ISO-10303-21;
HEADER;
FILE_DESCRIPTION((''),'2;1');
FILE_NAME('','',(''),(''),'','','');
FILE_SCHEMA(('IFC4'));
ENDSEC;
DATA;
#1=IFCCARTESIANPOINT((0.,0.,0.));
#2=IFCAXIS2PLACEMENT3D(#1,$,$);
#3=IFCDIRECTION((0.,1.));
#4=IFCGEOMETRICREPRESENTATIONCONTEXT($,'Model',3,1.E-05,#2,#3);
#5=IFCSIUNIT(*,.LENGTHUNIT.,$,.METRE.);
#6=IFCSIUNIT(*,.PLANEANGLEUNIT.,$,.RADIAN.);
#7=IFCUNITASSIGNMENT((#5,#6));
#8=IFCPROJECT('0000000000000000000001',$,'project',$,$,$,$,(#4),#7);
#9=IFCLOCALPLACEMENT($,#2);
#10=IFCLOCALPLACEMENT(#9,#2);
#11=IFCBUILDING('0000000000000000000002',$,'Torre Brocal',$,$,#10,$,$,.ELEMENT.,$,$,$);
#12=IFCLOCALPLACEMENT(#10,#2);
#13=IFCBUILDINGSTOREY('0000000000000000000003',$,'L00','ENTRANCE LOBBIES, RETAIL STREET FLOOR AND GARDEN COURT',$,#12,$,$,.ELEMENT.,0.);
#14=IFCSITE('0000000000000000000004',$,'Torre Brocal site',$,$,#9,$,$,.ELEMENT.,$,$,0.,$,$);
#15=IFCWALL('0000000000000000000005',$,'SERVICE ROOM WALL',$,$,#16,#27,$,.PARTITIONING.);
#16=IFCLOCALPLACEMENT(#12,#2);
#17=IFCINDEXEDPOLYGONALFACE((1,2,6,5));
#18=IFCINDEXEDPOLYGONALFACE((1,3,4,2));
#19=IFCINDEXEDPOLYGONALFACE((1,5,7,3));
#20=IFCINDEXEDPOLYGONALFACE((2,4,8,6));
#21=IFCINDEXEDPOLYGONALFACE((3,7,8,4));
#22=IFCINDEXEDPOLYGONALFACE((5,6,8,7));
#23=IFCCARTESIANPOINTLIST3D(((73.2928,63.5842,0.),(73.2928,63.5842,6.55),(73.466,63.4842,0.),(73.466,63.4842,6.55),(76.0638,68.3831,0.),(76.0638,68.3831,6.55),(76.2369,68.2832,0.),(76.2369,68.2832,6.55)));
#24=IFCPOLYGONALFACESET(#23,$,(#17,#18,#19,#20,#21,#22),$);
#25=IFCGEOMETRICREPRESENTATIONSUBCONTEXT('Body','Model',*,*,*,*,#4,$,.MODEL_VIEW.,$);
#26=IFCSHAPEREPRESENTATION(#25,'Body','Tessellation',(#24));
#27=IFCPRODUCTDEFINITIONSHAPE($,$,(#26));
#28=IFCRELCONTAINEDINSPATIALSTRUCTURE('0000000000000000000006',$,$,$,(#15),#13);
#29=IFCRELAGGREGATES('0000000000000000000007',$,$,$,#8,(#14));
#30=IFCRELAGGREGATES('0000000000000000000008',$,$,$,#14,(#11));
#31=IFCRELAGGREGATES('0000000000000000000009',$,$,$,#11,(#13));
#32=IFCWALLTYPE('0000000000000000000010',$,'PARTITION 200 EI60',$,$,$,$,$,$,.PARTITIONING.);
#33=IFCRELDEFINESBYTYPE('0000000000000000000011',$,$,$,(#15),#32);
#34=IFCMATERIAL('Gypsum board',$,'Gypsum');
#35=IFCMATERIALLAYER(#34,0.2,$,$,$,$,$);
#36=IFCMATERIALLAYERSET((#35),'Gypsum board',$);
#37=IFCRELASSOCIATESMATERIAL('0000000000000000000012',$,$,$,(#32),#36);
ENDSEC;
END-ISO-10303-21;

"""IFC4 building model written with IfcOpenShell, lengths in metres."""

from ifc_helpers import new_model, si_unit, direction, frame, frame_2d, origin, place, context, subcontext, project, spatial, rectangle, extrude, material, layer, layer_set, type_object, element, save


model = new_model("IFC4")

# Units and contexts
model_context = context("Model", 3, precision=1e-05, world=origin(), true_north=direction((0.0, 1.0)))
body_context = subcontext(model_context, "Body", "Model", "MODEL_VIEW")
ifc_project = project(units=[si_unit("LENGTHUNIT", "METRE"), si_unit("PLANEANGLEUNIT", "RADIAN")], contexts=[model_context])

# Site, building, storey
site_placement = place(None, origin())
site = spatial("IfcSite", under=ifc_project, at=site_placement, Name="Torre Brocal site", CompositionType="ELEMENT", RefElevation=0.0)
building_placement = place(site_placement, origin())
building = spatial("IfcBuilding", under=site, at=building_placement, Name="Torre Brocal", CompositionType="ELEMENT")
storey_placement = place(building_placement, origin())
storey = spatial("IfcBuildingStorey", under=building, at=storey_placement, Name="L00", Description="ENTRANCE LOBBIES, RETAIL STREET FLOOR AND GARDEN COURT", CompositionType="ELEMENT", Elevation=0.0)

# Shared definitions
ifc_material_1 = material(Name="Gypsum board", Category="Gypsum")
ifc_layer_1 = layer(ifc_material_1, 0.2)
ifc_layer_set_1 = layer_set([ifc_layer_1], Name="Gypsum board")
wall_type_1 = type_object("IfcWallType", Name="PARTITION 200 EI60", PredefinedType="PARTITIONING", material=ifc_layer_set_1)

# Wall
wall_1_placement = place(storey_placement, frame((73.3794, 63.5342, 0.0), z_axis=(0.0, 0.0, 1.0), x_axis=(0.500034, 0.866006, 0.0)))
element("IfcWall", 1, at=wall_1_placement, inside=storey, type_object=wall_type_1, Name="SERVICE ROOM WALL", PredefinedType="PARTITIONING", context=body_context, shape_type="SweptSolid", body=[
    extrude(rectangle(XDim=5.5415, YDim=0.2, at=frame_2d((2.7708, 0.0))), origin(), (0.0, 0.0, 1.0), 6.55),
])

save(model, "model.ifc")
